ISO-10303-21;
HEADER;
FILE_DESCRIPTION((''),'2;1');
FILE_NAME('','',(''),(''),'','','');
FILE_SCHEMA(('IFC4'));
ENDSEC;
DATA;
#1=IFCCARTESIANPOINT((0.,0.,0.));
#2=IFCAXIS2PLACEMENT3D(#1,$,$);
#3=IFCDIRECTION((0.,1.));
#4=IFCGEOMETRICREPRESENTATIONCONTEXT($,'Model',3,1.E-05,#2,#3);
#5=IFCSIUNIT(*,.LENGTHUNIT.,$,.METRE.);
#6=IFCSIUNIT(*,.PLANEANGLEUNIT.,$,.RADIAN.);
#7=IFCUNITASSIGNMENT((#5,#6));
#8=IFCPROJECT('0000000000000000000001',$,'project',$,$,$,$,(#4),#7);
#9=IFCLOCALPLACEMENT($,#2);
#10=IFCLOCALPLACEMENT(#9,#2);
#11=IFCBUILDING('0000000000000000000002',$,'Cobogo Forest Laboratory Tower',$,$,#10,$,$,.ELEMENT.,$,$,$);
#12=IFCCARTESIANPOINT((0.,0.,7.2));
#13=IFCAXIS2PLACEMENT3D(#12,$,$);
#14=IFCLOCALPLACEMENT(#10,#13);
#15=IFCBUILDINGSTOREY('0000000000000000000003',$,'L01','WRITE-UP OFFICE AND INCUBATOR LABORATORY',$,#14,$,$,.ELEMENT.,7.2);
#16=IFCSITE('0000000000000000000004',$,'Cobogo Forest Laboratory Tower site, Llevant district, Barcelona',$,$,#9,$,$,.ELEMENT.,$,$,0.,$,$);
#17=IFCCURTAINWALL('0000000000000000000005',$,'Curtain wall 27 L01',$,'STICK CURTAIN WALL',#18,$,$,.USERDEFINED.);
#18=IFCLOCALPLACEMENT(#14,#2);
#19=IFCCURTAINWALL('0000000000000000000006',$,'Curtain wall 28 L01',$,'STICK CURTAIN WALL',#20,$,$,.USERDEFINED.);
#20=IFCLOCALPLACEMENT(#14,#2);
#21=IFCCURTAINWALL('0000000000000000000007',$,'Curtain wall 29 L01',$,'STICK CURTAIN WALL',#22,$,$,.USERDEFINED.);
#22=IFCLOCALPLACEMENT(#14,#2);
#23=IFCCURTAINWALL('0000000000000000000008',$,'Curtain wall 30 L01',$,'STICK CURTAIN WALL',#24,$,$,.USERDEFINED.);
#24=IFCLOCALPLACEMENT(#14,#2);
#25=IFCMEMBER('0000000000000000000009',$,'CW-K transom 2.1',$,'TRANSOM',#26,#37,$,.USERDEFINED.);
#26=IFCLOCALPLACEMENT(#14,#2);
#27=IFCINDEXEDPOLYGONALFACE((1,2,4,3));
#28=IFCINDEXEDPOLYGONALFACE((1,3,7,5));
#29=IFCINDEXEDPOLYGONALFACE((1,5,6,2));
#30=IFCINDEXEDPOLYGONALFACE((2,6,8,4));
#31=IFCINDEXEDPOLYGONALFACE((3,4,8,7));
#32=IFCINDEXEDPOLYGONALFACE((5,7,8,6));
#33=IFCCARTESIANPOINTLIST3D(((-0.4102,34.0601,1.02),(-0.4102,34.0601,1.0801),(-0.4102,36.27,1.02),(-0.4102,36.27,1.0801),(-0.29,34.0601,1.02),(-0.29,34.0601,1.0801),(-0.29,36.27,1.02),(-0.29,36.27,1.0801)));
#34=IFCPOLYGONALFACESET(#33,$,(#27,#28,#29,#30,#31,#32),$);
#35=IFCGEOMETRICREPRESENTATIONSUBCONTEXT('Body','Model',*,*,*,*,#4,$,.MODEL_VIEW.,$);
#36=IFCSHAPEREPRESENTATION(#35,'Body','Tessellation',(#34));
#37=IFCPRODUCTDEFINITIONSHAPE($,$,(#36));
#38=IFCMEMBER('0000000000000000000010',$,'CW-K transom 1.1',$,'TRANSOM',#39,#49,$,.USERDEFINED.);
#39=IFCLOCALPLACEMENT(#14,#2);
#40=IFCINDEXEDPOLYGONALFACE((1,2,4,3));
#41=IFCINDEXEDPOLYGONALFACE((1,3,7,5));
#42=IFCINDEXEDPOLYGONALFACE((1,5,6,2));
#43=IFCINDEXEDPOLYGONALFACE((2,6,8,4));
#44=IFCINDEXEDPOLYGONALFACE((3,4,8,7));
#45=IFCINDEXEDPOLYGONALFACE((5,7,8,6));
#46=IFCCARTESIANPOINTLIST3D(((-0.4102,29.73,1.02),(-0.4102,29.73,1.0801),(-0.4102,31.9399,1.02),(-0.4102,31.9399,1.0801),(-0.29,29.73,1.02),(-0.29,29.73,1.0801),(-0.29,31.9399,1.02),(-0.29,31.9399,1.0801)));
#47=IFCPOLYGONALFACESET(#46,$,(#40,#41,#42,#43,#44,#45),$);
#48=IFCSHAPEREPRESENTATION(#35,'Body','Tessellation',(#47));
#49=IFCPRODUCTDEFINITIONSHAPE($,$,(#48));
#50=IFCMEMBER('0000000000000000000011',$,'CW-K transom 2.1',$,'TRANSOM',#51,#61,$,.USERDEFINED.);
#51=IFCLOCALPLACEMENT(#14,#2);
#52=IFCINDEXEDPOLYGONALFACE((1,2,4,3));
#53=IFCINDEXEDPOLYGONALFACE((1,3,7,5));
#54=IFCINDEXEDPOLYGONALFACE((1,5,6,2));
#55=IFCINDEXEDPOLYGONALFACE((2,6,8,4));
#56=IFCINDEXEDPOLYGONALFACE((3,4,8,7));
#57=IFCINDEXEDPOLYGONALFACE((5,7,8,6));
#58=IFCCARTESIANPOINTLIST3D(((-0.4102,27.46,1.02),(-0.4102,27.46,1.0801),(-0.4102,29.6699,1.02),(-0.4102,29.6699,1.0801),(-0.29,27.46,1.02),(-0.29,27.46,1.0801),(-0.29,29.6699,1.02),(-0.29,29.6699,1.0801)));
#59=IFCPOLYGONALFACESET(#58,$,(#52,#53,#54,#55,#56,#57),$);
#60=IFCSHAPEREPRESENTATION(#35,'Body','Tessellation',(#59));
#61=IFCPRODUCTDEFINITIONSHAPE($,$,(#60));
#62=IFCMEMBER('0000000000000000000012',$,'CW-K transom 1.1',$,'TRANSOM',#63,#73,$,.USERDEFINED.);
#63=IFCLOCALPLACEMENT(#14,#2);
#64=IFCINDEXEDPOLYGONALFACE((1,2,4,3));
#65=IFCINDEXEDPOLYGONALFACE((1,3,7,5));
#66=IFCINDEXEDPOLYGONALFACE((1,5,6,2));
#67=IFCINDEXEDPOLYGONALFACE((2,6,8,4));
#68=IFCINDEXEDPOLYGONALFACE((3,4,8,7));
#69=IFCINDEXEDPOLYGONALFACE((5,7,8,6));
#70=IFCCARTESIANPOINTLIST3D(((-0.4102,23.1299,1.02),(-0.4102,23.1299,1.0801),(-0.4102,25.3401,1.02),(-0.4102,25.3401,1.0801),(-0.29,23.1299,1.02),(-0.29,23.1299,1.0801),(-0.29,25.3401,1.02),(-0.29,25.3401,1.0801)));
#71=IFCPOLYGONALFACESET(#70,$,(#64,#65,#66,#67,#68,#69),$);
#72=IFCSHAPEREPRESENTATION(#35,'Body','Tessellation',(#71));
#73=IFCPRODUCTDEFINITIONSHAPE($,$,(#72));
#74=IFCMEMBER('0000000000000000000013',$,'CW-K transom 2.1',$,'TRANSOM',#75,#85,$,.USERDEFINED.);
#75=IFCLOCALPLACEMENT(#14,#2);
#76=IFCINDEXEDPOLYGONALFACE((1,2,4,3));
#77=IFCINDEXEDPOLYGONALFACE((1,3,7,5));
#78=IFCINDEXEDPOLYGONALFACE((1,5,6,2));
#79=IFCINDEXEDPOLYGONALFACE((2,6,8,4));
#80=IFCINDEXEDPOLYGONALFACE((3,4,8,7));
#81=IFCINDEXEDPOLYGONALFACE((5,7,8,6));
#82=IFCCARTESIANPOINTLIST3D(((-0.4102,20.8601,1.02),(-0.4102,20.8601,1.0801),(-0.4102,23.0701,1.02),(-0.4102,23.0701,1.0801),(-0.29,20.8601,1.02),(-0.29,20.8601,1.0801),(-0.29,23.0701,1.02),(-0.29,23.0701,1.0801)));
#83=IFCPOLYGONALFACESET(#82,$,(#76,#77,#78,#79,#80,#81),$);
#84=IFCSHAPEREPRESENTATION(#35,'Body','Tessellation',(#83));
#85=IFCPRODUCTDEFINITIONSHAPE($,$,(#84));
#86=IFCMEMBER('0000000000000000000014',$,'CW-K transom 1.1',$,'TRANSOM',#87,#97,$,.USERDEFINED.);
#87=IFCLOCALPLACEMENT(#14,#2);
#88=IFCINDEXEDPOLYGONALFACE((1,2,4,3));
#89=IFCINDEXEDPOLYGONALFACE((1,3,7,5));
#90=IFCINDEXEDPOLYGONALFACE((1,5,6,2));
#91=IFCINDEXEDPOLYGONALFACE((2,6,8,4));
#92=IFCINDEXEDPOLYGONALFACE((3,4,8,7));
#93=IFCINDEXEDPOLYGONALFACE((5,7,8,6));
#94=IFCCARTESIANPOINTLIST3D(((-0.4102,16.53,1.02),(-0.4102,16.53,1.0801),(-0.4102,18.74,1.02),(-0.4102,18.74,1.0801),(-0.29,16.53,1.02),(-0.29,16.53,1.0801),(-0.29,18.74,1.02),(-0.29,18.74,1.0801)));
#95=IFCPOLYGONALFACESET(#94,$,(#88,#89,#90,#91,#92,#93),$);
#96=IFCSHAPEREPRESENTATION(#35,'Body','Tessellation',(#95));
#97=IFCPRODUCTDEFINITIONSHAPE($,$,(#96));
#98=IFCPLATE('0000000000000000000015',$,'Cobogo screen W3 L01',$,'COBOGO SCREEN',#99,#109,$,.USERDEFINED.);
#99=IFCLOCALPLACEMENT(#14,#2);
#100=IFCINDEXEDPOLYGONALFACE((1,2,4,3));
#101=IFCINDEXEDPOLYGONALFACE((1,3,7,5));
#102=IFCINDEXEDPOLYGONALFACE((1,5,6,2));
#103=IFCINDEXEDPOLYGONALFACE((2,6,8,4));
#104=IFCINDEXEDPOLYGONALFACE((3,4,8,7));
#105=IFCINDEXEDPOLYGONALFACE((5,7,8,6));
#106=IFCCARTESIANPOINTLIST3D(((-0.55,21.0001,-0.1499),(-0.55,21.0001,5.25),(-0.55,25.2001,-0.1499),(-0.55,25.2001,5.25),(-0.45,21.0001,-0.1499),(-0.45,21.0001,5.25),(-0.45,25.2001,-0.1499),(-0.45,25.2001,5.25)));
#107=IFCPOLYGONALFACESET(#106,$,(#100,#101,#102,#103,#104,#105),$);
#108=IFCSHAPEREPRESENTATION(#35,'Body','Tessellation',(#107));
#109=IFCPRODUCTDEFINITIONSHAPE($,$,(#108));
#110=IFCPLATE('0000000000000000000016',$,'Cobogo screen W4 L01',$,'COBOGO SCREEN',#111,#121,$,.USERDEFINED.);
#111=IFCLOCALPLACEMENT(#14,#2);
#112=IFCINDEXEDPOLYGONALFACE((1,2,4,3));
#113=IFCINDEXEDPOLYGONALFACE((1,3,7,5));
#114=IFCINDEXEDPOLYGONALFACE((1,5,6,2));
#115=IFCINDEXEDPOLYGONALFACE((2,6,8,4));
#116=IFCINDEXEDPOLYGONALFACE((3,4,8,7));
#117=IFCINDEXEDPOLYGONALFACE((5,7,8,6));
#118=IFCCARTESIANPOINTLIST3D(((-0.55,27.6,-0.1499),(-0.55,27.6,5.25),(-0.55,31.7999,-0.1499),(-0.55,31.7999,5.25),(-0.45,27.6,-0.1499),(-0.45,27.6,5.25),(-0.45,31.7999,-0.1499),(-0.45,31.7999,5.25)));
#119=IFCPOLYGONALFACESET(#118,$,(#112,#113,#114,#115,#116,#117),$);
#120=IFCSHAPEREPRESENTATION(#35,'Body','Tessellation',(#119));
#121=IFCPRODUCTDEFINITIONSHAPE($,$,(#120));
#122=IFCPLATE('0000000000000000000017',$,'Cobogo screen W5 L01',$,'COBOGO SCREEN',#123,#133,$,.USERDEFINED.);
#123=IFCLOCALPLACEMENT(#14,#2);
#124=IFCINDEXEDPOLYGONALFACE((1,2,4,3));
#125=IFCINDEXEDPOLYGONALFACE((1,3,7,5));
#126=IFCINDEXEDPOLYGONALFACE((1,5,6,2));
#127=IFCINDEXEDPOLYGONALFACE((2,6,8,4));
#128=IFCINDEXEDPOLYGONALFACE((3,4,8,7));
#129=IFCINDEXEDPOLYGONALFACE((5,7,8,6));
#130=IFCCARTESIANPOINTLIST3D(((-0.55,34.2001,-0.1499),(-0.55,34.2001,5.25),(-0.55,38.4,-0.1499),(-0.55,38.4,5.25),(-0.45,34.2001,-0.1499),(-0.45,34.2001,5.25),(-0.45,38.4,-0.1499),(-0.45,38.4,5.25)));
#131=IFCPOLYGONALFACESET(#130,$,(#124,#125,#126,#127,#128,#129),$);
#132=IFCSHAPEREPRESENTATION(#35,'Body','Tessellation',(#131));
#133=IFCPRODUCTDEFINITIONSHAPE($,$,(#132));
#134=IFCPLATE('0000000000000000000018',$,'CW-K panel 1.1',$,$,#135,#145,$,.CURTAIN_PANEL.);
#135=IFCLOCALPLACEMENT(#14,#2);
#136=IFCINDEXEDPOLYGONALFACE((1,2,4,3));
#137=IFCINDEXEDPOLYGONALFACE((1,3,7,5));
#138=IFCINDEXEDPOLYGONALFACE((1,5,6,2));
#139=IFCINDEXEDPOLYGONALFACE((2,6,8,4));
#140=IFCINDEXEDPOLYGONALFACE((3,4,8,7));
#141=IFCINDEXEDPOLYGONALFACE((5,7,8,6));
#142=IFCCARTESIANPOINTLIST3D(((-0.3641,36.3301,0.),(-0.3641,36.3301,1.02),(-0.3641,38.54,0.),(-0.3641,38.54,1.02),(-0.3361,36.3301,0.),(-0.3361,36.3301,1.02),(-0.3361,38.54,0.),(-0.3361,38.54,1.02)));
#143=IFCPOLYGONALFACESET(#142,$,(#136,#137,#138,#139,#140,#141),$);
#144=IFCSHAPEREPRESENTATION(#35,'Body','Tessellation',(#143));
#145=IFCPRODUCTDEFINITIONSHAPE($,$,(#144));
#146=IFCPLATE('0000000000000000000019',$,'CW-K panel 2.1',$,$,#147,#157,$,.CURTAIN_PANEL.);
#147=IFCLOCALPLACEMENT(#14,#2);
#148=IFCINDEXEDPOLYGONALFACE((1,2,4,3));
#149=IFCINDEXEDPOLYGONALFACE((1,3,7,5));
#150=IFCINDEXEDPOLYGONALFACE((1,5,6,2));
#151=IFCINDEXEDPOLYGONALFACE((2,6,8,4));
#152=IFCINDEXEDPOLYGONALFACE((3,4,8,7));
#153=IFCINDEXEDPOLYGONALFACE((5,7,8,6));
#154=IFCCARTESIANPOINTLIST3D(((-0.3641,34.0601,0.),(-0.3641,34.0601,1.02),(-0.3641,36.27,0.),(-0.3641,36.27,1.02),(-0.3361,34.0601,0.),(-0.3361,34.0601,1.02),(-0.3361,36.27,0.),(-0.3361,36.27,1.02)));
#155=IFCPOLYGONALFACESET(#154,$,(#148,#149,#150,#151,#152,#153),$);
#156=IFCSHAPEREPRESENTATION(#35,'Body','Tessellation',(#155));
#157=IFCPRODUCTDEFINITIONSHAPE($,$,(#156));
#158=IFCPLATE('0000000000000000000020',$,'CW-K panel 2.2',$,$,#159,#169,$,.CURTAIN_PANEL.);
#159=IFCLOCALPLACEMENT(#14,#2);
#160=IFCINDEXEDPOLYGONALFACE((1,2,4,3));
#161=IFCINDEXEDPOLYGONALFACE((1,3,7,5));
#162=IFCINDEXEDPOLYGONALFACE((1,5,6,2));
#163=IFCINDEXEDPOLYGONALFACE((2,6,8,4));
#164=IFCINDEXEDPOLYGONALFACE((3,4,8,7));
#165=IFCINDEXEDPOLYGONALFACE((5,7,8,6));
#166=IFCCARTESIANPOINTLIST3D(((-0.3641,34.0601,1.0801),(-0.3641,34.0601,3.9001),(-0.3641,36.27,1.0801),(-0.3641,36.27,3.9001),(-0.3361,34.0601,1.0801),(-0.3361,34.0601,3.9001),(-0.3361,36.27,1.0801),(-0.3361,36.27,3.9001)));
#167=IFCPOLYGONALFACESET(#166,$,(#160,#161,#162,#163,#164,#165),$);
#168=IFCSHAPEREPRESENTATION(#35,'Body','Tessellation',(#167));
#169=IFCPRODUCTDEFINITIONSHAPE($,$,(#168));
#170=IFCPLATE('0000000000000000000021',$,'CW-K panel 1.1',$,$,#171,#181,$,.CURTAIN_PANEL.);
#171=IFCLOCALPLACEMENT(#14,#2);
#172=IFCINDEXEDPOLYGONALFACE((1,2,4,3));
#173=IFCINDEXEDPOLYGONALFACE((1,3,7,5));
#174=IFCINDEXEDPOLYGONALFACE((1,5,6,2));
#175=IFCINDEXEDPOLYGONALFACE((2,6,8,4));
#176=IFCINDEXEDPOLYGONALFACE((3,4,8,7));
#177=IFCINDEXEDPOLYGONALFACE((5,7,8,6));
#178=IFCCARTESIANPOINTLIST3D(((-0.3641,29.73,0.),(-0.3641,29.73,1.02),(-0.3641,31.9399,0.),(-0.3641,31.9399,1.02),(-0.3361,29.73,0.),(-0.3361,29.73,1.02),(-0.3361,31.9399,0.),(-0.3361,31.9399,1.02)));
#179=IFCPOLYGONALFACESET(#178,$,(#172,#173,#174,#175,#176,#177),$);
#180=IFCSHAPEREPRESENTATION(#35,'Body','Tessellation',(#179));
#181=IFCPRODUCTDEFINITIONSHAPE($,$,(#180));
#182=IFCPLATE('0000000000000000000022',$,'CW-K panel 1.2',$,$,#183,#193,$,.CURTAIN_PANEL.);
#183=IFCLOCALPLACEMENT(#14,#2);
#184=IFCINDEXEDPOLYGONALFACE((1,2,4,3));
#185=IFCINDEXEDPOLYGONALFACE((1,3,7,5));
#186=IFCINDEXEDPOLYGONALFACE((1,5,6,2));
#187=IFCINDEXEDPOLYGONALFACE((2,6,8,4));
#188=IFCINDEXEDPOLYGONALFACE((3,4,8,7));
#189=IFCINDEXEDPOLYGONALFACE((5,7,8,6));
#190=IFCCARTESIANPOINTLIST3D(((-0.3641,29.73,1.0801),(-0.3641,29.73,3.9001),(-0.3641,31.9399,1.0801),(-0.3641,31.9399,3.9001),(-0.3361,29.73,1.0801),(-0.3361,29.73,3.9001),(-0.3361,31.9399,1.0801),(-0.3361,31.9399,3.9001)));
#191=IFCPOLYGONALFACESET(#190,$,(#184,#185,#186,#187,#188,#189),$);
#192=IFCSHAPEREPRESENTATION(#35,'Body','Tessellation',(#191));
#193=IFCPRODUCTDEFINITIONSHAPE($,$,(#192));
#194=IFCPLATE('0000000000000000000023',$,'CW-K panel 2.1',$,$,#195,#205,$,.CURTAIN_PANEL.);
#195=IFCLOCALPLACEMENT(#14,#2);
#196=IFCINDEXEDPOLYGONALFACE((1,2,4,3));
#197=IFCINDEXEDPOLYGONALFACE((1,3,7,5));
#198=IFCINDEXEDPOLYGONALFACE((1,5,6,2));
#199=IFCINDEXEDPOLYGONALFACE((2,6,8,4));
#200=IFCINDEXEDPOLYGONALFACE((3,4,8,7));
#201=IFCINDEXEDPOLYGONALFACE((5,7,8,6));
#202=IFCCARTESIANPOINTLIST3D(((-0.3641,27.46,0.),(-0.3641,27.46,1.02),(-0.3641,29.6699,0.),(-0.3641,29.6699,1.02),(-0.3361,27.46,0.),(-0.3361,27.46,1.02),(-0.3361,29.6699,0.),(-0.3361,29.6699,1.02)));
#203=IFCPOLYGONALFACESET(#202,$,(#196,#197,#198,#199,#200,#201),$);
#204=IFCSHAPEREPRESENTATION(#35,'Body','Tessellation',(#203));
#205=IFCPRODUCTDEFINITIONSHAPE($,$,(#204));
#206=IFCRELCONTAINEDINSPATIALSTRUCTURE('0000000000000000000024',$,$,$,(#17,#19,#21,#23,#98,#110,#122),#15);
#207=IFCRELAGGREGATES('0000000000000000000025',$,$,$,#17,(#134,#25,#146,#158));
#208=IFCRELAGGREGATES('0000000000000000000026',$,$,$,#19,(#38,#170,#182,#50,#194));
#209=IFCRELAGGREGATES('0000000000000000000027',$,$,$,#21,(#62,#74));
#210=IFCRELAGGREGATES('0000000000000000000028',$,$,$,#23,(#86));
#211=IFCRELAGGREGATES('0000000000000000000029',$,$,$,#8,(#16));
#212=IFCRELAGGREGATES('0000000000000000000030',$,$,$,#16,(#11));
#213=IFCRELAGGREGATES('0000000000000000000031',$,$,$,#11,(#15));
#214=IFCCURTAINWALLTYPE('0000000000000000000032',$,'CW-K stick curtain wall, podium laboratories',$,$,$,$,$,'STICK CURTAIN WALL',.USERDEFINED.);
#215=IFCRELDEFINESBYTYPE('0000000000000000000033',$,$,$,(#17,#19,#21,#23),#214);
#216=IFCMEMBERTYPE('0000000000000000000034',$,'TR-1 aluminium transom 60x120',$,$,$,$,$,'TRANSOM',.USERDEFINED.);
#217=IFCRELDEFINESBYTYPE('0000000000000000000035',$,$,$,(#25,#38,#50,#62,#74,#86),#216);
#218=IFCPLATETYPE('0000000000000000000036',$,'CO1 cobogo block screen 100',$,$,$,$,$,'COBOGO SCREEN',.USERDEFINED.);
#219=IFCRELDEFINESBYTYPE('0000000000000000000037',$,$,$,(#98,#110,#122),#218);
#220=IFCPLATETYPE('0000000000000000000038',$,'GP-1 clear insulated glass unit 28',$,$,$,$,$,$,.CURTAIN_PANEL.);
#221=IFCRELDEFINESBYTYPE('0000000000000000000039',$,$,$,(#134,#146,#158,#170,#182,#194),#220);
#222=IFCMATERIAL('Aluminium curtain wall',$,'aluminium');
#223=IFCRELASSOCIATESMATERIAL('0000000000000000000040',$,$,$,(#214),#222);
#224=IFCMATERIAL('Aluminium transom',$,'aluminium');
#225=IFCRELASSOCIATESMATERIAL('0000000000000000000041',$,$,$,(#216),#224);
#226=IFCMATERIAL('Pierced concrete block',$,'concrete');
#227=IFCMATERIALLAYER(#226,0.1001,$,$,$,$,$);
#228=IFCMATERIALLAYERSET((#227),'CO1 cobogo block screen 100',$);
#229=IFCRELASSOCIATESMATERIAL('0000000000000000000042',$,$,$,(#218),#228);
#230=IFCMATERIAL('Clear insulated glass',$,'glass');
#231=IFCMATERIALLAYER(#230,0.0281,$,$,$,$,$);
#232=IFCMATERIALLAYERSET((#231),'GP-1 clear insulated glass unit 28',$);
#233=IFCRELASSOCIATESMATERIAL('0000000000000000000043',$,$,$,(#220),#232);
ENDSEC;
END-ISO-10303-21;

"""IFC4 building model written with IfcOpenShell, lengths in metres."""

from ifc_helpers import new_model, si_unit, direction, frame, origin, origin_2d, place, context, subcontext, project, spatial, rectangle, extrude, material, layer, layer_set, material_profile, profile_set, type_object, element, aggregate, save


model = new_model("IFC4")

# Units and contexts
model_context = context("Model", 3, precision=1e-05, world=origin(), true_north=direction((0.0, 1.0)))
body_context = subcontext(model_context, "Body", "Model", "MODEL_VIEW")
ifc_project = project(units=[si_unit("LENGTHUNIT", "METRE"), si_unit("PLANEANGLEUNIT", "RADIAN")], contexts=[model_context])

# Site, building, storey
site_placement = place(None, origin())
site = spatial("IfcSite", under=ifc_project, at=site_placement, Name="Cobogo Forest Laboratory Tower site, Llevant district, Barcelona", CompositionType="ELEMENT", RefElevation=0.0)
building_placement = place(site_placement, origin())
building = spatial("IfcBuilding", under=site, at=building_placement, Name="Cobogo Forest Laboratory Tower", CompositionType="ELEMENT")
storey_placement = place(building_placement, frame((0.0, 0.0, 7.2)))
storey = spatial("IfcBuildingStorey", under=building, at=storey_placement, Name="L01", Description="WRITE-UP OFFICE AND INCUBATOR LABORATORY", CompositionType="ELEMENT", Elevation=7.2)

# Curtain walls
ifc_material_1 = material(Name="Aluminium curtain wall", Category="aluminium")
curtain_wall_type = type_object("IfcCurtainWallType", Name="CW-K stick curtain wall, podium laboratories", ElementType="STICK CURTAIN WALL", PredefinedType="USERDEFINED", material=ifc_material_1)
curtain_wall_1_placement = place(storey_placement, origin())
curtain_wall_1 = element("IfcCurtainWall", 1, at=curtain_wall_1_placement, inside=storey, type_object=curtain_wall_type, Name="Curtain wall 27 L01", ObjectType="STICK CURTAIN WALL", PredefinedType="USERDEFINED")
curtain_wall_2_placement = place(storey_placement, origin())
curtain_wall_2 = element("IfcCurtainWall", 2, at=curtain_wall_2_placement, inside=storey, type_object=curtain_wall_type, Name="Curtain wall 28 L01", ObjectType="STICK CURTAIN WALL", PredefinedType="USERDEFINED")
curtain_wall_3_placement = place(storey_placement, origin())
curtain_wall_3 = element("IfcCurtainWall", 3, at=curtain_wall_3_placement, inside=storey, type_object=curtain_wall_type, Name="Curtain wall 29 L01", ObjectType="STICK CURTAIN WALL", PredefinedType="USERDEFINED")

# Curtain wall
curtain_wall_4_placement = place(storey_placement, origin())
curtain_wall_4 = element("IfcCurtainWall", 4, at=curtain_wall_4_placement, inside=storey, type_object=curtain_wall_type, Name="Curtain wall 30 L01", ObjectType="STICK CURTAIN WALL", PredefinedType="USERDEFINED")

# Members
ifc_material_2 = material(Name="Aluminium transom", Category="aluminium")
ifc_material_profile_1 = material_profile(ifc_material_2, rectangle(XDim=0.1201, YDim=0.0601, at=origin_2d()), Name="AL 60x120")
ifc_profile_set_1 = profile_set([ifc_material_profile_1], Name="Aluminium transom")
member_type_1 = type_object("IfcMemberType", Name="TR-1 aluminium transom 60x120", ElementType="TRANSOM", PredefinedType="USERDEFINED", material=ifc_profile_set_1)
member_1_placement = place(storey_placement, frame((-0.3501, 36.27, 1.05), z_axis=(0.0, -1.0, 0.0), x_axis=(1.0, 0.0, 0.0)))
member_1 = element("IfcMember", 5, at=member_1_placement, type_object=member_type_1, Name="CW-K transom 2.1", ObjectType="TRANSOM", PredefinedType="USERDEFINED", context=body_context, shape_type="SweptSolid", body=[
    extrude(rectangle(XDim=0.1201, YDim=0.0601, at=origin_2d()), origin(), (0.0, 0.0, 1.0), 2.21),
])
member_2_placement = place(storey_placement, frame((-0.3501, 31.9399, 1.05), z_axis=(0.0, -1.0, 0.0), x_axis=(1.0, 0.0, 0.0)))
member_2 = element("IfcMember", 6, at=member_2_placement, type_object=member_type_1, Name="CW-K transom 1.1", ObjectType="TRANSOM", PredefinedType="USERDEFINED", context=body_context, shape_type="SweptSolid", body=[
    extrude(rectangle(XDim=0.1201, YDim=0.0601, at=origin_2d()), origin(), (0.0, 0.0, 1.0), 2.21),
])
member_3_placement = place(storey_placement, frame((-0.3501, 29.6699, 1.05), z_axis=(0.0, -1.0, 0.0), x_axis=(1.0, 0.0, 0.0)))
member_3 = element("IfcMember", 7, at=member_3_placement, type_object=member_type_1, Name="CW-K transom 2.1", ObjectType="TRANSOM", PredefinedType="USERDEFINED", context=body_context, shape_type="SweptSolid", body=[
    extrude(rectangle(XDim=0.1201, YDim=0.0601, at=origin_2d()), origin(), (0.0, 0.0, 1.0), 2.21),
])
member_4_placement = place(storey_placement, frame((-0.3501, 25.3401, 1.05), z_axis=(0.0, -1.0, 0.0), x_axis=(1.0, 0.0, 0.0)))
member_4 = element("IfcMember", 8, at=member_4_placement, type_object=member_type_1, Name="CW-K transom 1.1", ObjectType="TRANSOM", PredefinedType="USERDEFINED", context=body_context, shape_type="SweptSolid", body=[
    extrude(rectangle(XDim=0.1201, YDim=0.0601, at=origin_2d()), origin(), (0.0, 0.0, 1.0), 2.2102),
])
member_5_placement = place(storey_placement, frame((-0.3501, 23.0701, 1.05), z_axis=(0.0, -1.0, 0.0), x_axis=(1.0, 0.0, 0.0)))
member_5 = element("IfcMember", 9, at=member_5_placement, type_object=member_type_1, Name="CW-K transom 2.1", ObjectType="TRANSOM", PredefinedType="USERDEFINED", context=body_context, shape_type="SweptSolid", body=[
    extrude(rectangle(XDim=0.1201, YDim=0.0601, at=origin_2d()), origin(), (0.0, 0.0, 1.0), 2.21),
])
member_6_placement = place(storey_placement, frame((-0.3501, 18.74, 1.05), z_axis=(0.0, -1.0, 0.0), x_axis=(1.0, 0.0, 0.0)))
member_6 = element("IfcMember", 10, at=member_6_placement, type_object=member_type_1, Name="CW-K transom 1.1", ObjectType="TRANSOM", PredefinedType="USERDEFINED", context=body_context, shape_type="SweptSolid", body=[
    extrude(rectangle(XDim=0.1201, YDim=0.0601, at=origin_2d()), origin(), (0.0, 0.0, 1.0), 2.21),
])

# Plates
ifc_material_3 = material(Name="Pierced concrete block", Category="concrete")
ifc_layer_1 = layer(ifc_material_3, 0.1001)
ifc_layer_set_1 = layer_set([ifc_layer_1], Name="CO1 cobogo block screen 100")
plate_type_1 = type_object("IfcPlateType", Name="CO1 cobogo block screen 100", ElementType="COBOGO SCREEN", PredefinedType="USERDEFINED", material=ifc_layer_set_1)
for number, where, z_axis, x_axis, name in (
    (11, (-0.5, 23.1001, -0.1499), (0.0, 0.0, 1.0), (0.0, 1.0, 0.0), "Cobogo screen W3 L01"),
    (12, (-0.5, 29.7, -0.1499), (0.0, 0.0, 1.0), (0.0, 1.0, 0.0), "Cobogo screen W4 L01"),
    (13, (-0.5, 36.3, -0.1499), (0.0, 0.0, 1.0), (0.0, 1.0, 0.0), "Cobogo screen W5 L01"),
):
    element("IfcPlate", number, at=place(storey_placement, frame(where, z_axis=z_axis, x_axis=x_axis)), inside=storey, type_object=plate_type_1, Name=name, ObjectType="COBOGO SCREEN", PredefinedType="USERDEFINED", context=body_context, shape_type="SweptSolid", body=[
        extrude(rectangle(XDim=4.2, YDim=0.1001, at=origin_2d()), origin(), (0.0, 0.0, 1.0), 5.3999),
    ])

# Plates
ifc_material_4 = material(Name="Clear insulated glass", Category="glass")
ifc_layer_2 = layer(ifc_material_4, 0.0281)
ifc_layer_set_2 = layer_set([ifc_layer_2], Name="GP-1 clear insulated glass unit 28")
plate_type_2 = type_object("IfcPlateType", Name="GP-1 clear insulated glass unit 28", PredefinedType="CURTAIN_PANEL", material=ifc_layer_set_2)
plate_1_placement = place(storey_placement, frame((-0.3501, 37.4351, 0.0), z_axis=(0.0, 0.0, 1.0), x_axis=(0.0, -1.0, 0.0)))
plate_1 = element("IfcPlate", 14, at=plate_1_placement, type_object=plate_type_2, Name="CW-K panel 1.1", PredefinedType="CURTAIN_PANEL", context=body_context, shape_type="SweptSolid", body=[
    extrude(rectangle(XDim=2.21, YDim=0.0281, at=origin_2d()), origin(), (0.0, 0.0, 1.0), 1.02),
])
plate_2_placement = place(storey_placement, frame((-0.3501, 35.165, 0.0), z_axis=(0.0, 0.0, 1.0), x_axis=(0.0, -1.0, 0.0)))
plate_2 = element("IfcPlate", 15, at=plate_2_placement, type_object=plate_type_2, Name="CW-K panel 2.1", PredefinedType="CURTAIN_PANEL", context=body_context, shape_type="SweptSolid", body=[
    extrude(rectangle(XDim=2.21, YDim=0.0281, at=origin_2d()), origin(), (0.0, 0.0, 1.0), 1.02),
])
plate_3_placement = place(storey_placement, frame((-0.3501, 35.165, 1.0801), z_axis=(0.0, 0.0, 1.0), x_axis=(0.0, -1.0, 0.0)))
plate_3 = element("IfcPlate", 16, at=plate_3_placement, type_object=plate_type_2, Name="CW-K panel 2.2", PredefinedType="CURTAIN_PANEL", context=body_context, shape_type="SweptSolid", body=[
    extrude(rectangle(XDim=2.21, YDim=0.0281, at=origin_2d()), origin(), (0.0, 0.0, 1.0), 2.8201),
])
aggregate(curtain_wall_1, [plate_1, member_1, plate_2, plate_3])
plate_4_placement = place(storey_placement, frame((-0.3501, 30.835, 0.0), z_axis=(0.0, 0.0, 1.0), x_axis=(0.0, -1.0, 0.0)))
plate_4 = element("IfcPlate", 17, at=plate_4_placement, type_object=plate_type_2, Name="CW-K panel 1.1", PredefinedType="CURTAIN_PANEL", context=body_context, shape_type="SweptSolid", body=[
    extrude(rectangle(XDim=2.21, YDim=0.0281, at=origin_2d()), origin(), (0.0, 0.0, 1.0), 1.02),
])
plate_5_placement = place(storey_placement, frame((-0.3501, 30.835, 1.0801), z_axis=(0.0, 0.0, 1.0), x_axis=(0.0, -1.0, 0.0)))
plate_5 = element("IfcPlate", 18, at=plate_5_placement, type_object=plate_type_2, Name="CW-K panel 1.2", PredefinedType="CURTAIN_PANEL", context=body_context, shape_type="SweptSolid", body=[
    extrude(rectangle(XDim=2.21, YDim=0.0281, at=origin_2d()), origin(), (0.0, 0.0, 1.0), 2.8201),
])
plate_6_placement = place(storey_placement, frame((-0.3501, 28.5649, 0.0), z_axis=(0.0, 0.0, 1.0), x_axis=(0.0, -1.0, 0.0)))
plate_6 = element("IfcPlate", 19, at=plate_6_placement, type_object=plate_type_2, Name="CW-K panel 2.1", PredefinedType="CURTAIN_PANEL", context=body_context, shape_type="SweptSolid", body=[
    extrude(rectangle(XDim=2.21, YDim=0.0281, at=origin_2d()), origin(), (0.0, 0.0, 1.0), 1.02),
])
aggregate(curtain_wall_2, [member_2, plate_4, plate_5, member_3, plate_6])
aggregate(curtain_wall_3, [member_4, member_5])
aggregate(curtain_wall_4, [member_6])

save(model, "model.ifc")
